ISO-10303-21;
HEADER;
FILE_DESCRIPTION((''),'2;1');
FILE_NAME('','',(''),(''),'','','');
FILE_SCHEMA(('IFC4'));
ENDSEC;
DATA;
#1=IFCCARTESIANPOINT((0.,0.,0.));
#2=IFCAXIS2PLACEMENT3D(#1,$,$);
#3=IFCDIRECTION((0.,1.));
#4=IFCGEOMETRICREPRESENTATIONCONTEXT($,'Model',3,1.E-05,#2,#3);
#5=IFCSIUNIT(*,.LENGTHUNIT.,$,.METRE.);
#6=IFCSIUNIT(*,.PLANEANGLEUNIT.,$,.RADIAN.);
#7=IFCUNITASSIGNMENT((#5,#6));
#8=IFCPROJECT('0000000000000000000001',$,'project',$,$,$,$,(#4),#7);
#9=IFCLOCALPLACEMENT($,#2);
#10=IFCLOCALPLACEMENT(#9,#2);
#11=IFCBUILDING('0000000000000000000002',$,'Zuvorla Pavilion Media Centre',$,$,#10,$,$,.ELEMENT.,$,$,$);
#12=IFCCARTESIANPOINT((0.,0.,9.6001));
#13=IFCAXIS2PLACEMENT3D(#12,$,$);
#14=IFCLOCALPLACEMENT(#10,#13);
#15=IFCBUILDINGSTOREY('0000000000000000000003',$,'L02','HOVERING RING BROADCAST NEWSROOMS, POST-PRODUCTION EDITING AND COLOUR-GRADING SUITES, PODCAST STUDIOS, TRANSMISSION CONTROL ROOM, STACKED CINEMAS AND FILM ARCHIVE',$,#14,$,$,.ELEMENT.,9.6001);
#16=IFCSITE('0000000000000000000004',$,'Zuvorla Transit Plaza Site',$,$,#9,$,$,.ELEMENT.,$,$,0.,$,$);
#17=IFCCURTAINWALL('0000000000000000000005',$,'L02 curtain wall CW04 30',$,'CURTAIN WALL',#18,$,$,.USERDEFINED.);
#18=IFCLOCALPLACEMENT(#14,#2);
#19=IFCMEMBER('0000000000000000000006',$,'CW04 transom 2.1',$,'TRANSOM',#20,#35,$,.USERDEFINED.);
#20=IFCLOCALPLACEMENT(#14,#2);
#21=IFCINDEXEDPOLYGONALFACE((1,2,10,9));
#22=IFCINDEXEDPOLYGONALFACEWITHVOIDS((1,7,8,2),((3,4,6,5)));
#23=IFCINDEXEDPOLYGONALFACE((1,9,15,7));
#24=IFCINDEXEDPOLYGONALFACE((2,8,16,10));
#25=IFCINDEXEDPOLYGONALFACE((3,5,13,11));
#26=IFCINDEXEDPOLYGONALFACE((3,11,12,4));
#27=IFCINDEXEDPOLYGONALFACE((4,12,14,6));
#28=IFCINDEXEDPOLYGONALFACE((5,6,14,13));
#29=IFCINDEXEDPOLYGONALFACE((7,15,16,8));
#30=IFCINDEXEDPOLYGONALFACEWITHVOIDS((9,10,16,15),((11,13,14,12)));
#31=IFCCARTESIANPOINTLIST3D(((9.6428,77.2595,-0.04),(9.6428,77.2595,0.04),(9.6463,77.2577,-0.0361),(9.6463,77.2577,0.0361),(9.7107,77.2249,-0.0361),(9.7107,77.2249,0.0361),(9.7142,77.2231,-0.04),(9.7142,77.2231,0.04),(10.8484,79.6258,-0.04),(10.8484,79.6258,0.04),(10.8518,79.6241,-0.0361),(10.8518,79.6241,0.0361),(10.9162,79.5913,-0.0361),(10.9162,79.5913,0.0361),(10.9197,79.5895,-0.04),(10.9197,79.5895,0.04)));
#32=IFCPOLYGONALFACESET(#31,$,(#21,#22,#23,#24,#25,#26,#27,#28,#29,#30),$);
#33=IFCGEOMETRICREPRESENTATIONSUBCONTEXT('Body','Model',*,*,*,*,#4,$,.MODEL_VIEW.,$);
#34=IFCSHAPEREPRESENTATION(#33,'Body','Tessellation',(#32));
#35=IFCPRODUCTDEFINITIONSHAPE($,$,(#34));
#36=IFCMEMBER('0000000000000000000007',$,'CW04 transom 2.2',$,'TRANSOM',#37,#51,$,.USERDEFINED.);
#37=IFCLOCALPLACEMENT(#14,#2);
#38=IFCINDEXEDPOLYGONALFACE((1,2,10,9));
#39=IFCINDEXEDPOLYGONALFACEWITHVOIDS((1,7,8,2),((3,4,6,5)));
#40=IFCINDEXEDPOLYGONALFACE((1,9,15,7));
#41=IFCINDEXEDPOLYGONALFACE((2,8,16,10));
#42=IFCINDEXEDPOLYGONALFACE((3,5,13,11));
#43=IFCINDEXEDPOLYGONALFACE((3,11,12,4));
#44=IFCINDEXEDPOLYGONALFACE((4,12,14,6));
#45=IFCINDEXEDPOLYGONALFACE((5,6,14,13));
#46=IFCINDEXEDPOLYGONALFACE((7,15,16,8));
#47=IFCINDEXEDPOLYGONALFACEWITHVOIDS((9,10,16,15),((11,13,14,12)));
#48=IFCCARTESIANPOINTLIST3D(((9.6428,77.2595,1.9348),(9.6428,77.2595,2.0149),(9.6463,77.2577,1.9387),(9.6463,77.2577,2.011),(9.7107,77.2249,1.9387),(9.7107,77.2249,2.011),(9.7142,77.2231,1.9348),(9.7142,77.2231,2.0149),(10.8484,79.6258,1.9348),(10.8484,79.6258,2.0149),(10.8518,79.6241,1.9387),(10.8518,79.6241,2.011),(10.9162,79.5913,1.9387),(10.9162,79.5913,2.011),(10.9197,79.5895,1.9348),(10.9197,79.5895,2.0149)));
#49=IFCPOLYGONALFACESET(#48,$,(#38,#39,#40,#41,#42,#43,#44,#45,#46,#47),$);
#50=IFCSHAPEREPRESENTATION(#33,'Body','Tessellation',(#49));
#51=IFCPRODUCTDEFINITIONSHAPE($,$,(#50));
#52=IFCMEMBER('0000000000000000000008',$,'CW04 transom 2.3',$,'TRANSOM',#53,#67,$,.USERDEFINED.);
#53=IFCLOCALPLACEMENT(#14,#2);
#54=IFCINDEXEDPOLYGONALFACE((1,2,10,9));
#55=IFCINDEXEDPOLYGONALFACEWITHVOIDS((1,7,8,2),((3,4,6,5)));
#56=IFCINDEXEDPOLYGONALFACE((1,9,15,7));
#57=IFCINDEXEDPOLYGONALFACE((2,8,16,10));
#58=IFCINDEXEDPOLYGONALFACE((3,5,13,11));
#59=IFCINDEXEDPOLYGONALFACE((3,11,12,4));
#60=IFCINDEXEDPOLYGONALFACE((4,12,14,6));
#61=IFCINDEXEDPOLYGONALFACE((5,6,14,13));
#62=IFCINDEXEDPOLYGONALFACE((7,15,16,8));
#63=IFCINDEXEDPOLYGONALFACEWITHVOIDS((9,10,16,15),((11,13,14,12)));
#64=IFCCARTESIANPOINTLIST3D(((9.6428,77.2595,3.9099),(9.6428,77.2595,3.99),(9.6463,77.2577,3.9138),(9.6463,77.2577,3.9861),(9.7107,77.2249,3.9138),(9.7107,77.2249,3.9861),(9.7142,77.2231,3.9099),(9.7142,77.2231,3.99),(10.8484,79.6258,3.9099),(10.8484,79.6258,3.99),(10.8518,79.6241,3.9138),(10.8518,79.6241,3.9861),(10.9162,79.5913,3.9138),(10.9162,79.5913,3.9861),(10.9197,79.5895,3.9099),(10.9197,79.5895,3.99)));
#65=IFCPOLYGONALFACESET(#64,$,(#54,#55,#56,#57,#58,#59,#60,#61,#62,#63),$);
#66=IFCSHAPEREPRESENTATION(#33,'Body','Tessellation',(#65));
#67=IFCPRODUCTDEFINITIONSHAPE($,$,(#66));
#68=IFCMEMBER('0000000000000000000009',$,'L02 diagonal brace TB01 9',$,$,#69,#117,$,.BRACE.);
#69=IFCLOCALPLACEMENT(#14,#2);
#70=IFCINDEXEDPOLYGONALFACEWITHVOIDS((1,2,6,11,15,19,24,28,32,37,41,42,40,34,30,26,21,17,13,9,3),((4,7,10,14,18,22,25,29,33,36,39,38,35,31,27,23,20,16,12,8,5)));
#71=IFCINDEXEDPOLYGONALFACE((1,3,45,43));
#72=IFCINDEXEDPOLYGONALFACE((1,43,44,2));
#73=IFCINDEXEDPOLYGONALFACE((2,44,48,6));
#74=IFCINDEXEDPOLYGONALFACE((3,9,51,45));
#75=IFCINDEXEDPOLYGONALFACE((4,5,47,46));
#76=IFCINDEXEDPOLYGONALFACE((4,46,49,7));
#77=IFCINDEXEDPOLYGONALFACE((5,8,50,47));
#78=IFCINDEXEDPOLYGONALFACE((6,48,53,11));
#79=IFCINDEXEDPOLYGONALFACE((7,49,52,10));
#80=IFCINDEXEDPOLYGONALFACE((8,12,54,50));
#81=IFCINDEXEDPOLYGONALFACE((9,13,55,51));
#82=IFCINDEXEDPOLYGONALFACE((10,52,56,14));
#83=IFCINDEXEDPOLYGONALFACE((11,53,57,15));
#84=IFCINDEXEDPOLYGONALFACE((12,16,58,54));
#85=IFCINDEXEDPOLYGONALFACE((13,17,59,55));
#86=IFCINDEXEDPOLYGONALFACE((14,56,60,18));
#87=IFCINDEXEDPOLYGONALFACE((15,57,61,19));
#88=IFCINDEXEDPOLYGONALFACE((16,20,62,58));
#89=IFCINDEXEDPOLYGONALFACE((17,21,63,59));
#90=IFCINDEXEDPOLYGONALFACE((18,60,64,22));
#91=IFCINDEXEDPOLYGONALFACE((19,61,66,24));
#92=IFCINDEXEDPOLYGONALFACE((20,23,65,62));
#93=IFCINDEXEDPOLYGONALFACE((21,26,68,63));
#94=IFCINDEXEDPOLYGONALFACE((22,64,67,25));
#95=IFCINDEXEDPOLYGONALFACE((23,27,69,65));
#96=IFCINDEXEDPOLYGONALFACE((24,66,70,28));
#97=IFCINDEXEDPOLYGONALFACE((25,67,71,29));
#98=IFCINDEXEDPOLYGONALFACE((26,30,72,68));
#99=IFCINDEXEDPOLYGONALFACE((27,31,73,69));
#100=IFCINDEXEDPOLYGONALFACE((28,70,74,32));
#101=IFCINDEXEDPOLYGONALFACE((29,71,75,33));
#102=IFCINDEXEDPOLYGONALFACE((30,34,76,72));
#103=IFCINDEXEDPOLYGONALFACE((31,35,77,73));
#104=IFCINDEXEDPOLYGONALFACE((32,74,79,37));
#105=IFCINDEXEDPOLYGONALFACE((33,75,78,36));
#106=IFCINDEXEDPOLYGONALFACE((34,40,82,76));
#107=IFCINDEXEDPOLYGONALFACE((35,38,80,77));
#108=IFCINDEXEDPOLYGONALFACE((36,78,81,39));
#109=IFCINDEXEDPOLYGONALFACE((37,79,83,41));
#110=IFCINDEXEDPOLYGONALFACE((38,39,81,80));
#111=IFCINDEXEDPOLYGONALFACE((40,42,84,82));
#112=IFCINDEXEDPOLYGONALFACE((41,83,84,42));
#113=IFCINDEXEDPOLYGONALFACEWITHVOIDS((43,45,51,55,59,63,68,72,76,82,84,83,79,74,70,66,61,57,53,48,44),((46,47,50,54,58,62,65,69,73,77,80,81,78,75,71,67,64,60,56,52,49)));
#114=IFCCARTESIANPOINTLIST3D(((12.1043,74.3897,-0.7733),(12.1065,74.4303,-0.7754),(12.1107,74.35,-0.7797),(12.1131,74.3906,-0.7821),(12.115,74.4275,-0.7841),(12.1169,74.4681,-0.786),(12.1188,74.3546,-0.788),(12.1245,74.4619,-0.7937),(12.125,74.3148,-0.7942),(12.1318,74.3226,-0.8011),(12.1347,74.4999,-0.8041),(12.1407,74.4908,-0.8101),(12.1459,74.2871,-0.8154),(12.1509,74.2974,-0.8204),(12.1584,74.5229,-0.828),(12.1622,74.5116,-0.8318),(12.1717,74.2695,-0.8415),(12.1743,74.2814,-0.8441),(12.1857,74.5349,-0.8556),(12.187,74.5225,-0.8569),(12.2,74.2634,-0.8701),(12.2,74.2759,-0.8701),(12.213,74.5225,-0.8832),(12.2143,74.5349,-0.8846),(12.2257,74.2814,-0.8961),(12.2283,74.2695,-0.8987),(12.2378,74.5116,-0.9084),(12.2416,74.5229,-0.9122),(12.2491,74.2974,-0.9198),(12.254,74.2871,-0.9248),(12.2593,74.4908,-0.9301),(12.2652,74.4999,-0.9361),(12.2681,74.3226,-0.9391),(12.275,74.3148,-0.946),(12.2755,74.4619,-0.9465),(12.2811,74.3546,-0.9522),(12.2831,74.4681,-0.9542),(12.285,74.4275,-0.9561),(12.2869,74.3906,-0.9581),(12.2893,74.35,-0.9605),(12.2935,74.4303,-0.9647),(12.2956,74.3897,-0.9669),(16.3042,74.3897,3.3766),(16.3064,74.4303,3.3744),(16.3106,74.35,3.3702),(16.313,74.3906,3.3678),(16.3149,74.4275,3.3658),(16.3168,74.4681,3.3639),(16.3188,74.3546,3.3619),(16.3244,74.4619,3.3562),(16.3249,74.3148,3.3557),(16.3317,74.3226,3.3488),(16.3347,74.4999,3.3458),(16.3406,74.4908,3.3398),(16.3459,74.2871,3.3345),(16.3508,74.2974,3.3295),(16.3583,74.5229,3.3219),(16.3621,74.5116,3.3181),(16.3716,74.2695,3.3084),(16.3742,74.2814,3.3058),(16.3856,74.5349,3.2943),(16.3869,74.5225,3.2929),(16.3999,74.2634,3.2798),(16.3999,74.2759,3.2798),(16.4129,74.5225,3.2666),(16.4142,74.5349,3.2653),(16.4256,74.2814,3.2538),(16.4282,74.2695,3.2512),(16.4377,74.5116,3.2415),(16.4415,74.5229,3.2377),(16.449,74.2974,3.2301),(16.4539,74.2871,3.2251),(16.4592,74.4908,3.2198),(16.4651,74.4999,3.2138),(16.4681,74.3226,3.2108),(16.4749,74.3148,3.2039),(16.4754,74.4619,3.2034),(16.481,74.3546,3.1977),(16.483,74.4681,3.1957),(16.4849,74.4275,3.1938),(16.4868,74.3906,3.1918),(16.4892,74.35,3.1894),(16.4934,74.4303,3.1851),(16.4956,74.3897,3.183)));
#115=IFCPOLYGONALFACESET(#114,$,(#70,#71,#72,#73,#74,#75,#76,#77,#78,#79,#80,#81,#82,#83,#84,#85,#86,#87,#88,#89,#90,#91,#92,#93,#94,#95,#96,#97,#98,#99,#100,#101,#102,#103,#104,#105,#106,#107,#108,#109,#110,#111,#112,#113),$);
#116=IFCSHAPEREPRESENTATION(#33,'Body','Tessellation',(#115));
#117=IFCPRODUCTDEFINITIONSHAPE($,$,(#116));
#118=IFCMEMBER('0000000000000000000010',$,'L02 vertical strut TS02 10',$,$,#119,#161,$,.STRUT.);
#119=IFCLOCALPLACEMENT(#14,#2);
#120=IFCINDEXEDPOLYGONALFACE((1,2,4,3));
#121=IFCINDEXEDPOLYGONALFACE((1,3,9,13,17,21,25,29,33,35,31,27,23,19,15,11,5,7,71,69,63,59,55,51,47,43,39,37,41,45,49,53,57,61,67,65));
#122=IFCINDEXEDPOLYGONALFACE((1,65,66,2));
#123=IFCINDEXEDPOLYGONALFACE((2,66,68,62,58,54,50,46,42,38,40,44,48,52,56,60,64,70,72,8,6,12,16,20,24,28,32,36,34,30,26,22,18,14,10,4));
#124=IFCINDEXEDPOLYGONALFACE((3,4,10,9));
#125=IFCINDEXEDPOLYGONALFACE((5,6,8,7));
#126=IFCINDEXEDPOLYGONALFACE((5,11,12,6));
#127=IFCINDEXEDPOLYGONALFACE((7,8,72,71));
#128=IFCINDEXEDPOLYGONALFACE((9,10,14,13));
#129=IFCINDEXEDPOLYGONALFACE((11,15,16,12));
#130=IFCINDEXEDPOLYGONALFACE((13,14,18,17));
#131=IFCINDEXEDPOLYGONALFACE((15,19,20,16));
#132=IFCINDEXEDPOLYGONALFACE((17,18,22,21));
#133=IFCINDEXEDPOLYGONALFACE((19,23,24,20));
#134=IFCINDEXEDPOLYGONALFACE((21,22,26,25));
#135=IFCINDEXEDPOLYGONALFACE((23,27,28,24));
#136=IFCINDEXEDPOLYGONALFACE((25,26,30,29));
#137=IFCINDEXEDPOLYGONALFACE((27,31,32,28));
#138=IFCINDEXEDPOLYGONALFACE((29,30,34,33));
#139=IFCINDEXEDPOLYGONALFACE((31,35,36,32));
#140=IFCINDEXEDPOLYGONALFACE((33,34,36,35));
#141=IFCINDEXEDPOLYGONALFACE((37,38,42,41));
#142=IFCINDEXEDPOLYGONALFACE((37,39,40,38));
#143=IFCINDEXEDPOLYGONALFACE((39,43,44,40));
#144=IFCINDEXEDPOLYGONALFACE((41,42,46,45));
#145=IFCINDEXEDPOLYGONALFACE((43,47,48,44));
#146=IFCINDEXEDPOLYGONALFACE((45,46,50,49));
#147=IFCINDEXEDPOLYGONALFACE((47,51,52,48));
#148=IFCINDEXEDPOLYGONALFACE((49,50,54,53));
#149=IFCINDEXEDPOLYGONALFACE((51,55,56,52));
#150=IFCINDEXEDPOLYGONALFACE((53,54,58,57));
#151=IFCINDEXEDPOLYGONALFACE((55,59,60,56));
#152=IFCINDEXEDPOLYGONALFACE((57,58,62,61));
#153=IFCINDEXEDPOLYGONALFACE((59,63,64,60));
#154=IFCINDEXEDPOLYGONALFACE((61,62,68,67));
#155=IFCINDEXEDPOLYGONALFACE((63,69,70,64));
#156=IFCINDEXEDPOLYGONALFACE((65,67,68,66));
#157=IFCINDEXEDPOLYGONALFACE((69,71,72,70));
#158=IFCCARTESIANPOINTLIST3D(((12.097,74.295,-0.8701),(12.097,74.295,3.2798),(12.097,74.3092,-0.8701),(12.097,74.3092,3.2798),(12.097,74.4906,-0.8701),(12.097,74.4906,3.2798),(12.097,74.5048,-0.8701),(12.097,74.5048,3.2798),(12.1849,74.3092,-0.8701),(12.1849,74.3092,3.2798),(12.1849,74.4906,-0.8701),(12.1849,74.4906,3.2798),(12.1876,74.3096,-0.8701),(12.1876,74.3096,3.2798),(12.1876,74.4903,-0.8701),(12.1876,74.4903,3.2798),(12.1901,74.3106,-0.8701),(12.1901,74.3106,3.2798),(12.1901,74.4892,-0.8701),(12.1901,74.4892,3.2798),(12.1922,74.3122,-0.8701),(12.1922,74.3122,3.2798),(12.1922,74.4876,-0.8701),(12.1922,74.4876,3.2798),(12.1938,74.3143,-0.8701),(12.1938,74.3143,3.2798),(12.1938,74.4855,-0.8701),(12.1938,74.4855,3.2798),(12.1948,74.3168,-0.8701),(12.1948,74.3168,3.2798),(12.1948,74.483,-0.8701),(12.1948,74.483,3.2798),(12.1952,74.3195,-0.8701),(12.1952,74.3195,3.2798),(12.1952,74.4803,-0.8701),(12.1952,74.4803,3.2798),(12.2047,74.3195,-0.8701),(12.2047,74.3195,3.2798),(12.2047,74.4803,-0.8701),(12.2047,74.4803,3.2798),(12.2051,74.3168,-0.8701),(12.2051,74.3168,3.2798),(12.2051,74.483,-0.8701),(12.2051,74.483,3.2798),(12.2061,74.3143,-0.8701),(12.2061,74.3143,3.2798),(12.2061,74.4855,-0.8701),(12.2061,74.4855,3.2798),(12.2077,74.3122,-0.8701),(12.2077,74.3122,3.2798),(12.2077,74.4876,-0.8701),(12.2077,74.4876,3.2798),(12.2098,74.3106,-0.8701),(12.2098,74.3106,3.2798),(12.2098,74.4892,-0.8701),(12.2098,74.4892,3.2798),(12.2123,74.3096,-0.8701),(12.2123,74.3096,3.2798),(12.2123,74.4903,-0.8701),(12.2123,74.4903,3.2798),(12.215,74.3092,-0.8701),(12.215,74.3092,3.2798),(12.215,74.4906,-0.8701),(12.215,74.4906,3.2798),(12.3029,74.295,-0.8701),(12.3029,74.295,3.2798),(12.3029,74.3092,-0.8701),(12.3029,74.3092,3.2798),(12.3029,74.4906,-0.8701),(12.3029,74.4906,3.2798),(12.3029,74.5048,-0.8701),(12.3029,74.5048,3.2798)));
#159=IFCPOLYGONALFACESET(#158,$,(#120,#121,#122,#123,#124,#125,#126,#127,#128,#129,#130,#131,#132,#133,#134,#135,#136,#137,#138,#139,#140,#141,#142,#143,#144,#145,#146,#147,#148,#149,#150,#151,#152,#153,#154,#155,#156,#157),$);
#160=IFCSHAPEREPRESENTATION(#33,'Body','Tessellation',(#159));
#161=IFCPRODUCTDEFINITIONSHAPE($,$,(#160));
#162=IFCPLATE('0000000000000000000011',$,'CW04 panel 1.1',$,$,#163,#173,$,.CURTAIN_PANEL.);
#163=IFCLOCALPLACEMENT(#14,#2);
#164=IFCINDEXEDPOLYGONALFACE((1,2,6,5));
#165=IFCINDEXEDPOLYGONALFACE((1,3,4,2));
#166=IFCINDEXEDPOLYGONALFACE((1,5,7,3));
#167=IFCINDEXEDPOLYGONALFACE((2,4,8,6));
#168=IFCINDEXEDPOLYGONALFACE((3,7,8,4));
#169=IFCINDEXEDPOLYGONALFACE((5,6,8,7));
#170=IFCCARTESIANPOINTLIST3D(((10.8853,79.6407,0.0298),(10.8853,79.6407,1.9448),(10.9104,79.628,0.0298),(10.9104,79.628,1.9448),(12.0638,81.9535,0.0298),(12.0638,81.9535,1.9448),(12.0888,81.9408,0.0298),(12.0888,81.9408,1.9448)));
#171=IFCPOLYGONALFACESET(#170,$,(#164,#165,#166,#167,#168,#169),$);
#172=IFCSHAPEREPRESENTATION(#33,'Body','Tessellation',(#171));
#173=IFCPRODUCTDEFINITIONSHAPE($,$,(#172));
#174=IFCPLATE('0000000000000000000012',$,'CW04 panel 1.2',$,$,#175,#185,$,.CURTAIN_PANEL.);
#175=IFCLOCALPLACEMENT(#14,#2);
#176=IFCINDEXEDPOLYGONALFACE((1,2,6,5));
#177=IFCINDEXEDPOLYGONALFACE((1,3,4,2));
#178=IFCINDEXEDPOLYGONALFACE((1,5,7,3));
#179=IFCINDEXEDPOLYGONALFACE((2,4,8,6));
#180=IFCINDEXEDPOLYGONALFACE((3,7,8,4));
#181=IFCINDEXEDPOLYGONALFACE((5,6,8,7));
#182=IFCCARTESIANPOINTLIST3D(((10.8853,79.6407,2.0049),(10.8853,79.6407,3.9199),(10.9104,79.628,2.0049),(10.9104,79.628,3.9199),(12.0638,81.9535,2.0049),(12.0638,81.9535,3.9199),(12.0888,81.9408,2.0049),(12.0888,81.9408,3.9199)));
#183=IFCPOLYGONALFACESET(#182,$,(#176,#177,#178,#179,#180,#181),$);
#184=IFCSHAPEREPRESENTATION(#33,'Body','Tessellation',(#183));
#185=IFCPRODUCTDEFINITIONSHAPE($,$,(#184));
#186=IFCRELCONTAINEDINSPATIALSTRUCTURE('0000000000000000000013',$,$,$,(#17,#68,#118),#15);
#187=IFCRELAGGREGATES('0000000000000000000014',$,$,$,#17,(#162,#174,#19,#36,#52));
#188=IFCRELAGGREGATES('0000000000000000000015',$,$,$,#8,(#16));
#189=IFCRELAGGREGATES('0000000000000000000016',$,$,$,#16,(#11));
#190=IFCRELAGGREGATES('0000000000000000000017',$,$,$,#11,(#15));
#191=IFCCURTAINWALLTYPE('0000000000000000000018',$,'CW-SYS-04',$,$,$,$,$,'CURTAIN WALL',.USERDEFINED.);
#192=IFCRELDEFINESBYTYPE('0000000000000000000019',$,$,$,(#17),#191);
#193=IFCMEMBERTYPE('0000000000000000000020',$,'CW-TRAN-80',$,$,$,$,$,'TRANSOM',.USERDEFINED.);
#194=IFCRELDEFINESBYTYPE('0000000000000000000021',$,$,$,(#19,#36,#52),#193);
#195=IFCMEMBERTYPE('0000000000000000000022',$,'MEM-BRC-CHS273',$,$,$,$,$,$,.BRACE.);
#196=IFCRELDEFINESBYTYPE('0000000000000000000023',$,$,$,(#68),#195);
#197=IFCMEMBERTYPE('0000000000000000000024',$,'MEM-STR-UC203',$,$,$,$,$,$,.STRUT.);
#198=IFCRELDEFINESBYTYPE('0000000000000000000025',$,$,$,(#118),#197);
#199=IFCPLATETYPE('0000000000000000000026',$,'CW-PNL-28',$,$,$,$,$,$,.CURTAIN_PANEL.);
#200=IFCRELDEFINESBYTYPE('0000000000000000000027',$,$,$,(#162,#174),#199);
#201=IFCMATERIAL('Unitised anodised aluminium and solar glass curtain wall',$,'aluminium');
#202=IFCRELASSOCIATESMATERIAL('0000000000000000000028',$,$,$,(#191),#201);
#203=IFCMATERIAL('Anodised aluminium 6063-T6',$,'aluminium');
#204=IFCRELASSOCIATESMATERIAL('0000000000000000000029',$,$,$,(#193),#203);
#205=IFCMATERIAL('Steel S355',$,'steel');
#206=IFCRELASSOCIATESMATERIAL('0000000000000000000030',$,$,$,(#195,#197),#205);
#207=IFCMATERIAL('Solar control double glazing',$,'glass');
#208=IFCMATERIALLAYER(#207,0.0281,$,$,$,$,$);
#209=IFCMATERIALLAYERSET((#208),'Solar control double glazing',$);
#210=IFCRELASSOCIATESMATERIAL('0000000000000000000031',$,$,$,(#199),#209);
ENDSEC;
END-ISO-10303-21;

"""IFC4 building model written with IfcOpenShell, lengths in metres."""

from ifc_helpers import new_model, si_unit, direction, frame, origin, origin_2d, place, context, subcontext, project, spatial, rectangle, hollow_rectangle, hollow_circle, i_section, extrude, material, layer, layer_set, material_profile, profile_set, type_object, element, aggregate, save


model = new_model("IFC4")

# Units and contexts
model_context = context("Model", 3, precision=1e-05, world=origin(), true_north=direction((0.0, 1.0)))
body_context = subcontext(model_context, "Body", "Model", "MODEL_VIEW")
ifc_project = project(units=[si_unit("LENGTHUNIT", "METRE"), si_unit("PLANEANGLEUNIT", "RADIAN")], contexts=[model_context])

# Site, building, storey
site_placement = place(None, origin())
site = spatial("IfcSite", under=ifc_project, at=site_placement, Name="Zuvorla Transit Plaza Site", CompositionType="ELEMENT", RefElevation=0.0)
building_placement = place(site_placement, origin())
building = spatial("IfcBuilding", under=site, at=building_placement, Name="Zuvorla Pavilion Media Centre", CompositionType="ELEMENT")
storey_placement = place(building_placement, frame((0.0, 0.0, 9.6001)))
storey = spatial("IfcBuildingStorey", under=building, at=storey_placement, Name="L02", Description="HOVERING RING BROADCAST NEWSROOMS, POST-PRODUCTION EDITING AND COLOUR-GRADING SUITES, PODCAST STUDIOS, TRANSMISSION CONTROL ROOM, STACKED CINEMAS AND FILM ARCHIVE", CompositionType="ELEMENT", Elevation=9.6001)

# Shared definitions
ifc_material_1 = material(Name="Steel S355", Category="steel")

# Curtain wall
ifc_material_2 = material(Name="Unitised anodised aluminium and solar glass curtain wall", Category="aluminium")
curtain_wall_type_1 = type_object("IfcCurtainWallType", Name="CW-SYS-04", ElementType="CURTAIN WALL", PredefinedType="USERDEFINED", material=ifc_material_2)
curtain_wall_1_placement = place(storey_placement, origin())
curtain_wall_1 = element("IfcCurtainWall", 1, at=curtain_wall_1_placement, inside=storey, type_object=curtain_wall_type_1, Name="L02 curtain wall CW04 30", ObjectType="CURTAIN WALL", PredefinedType="USERDEFINED")
ifc_material_3 = material(Name="Anodised aluminium 6063-T6", Category="aluminium")

# Members
ifc_material_profile_1 = material_profile(ifc_material_3, hollow_rectangle(XDim=0.0801, YDim=0.0801, WallThickness=0.0039, at=origin_2d()), Name="ALU TRAN 80x80")
ifc_profile_set_1 = profile_set([ifc_material_profile_1], Name="Anodised aluminium 6063-T6")
member_type_1 = type_object("IfcMemberType", Name="CW-TRAN-80", ElementType="TRANSOM", PredefinedType="USERDEFINED", material=ifc_profile_set_1)
member_1_placement = place(storey_placement, frame((10.884, 79.6077, 0.0), z_axis=(-0.45393, -0.891037, 0.0), x_axis=(0.891037, -0.45393, 0.0)))
member_1 = element("IfcMember", 2, at=member_1_placement, type_object=member_type_1, Name="CW04 transom 2.1", ObjectType="TRANSOM", PredefinedType="USERDEFINED", context=body_context, shape_type="SweptSolid", body=[
    extrude(hollow_rectangle(XDim=0.0801, YDim=0.0801, WallThickness=0.0039, at=origin_2d()), origin(), (0.0, 0.0, 1.0), 2.6558),
])
member_2_placement = place(storey_placement, frame((10.884, 79.6077, 1.9749), z_axis=(-0.45393, -0.891037, 0.0), x_axis=(0.891037, -0.45393, 0.0)))
member_2 = element("IfcMember", 3, at=member_2_placement, type_object=member_type_1, Name="CW04 transom 2.2", ObjectType="TRANSOM", PredefinedType="USERDEFINED", context=body_context, shape_type="SweptSolid", body=[
    extrude(hollow_rectangle(XDim=0.0801, YDim=0.0801, WallThickness=0.0039, at=origin_2d()), origin(), (0.0, 0.0, 1.0), 2.6558),
])
member_3_placement = place(storey_placement, frame((10.884, 79.6077, 3.95), z_axis=(-0.45393, -0.891037, 0.0), x_axis=(0.891037, -0.45393, 0.0)))
member_3 = element("IfcMember", 4, at=member_3_placement, type_object=member_type_1, Name="CW04 transom 2.3", ObjectType="TRANSOM", PredefinedType="USERDEFINED", context=body_context, shape_type="SweptSolid", body=[
    extrude(hollow_rectangle(XDim=0.0801, YDim=0.0801, WallThickness=0.0039, at=origin_2d()), origin(), (0.0, 0.0, 1.0), 2.6558),
])

# Members
ifc_material_profile_2 = material_profile(ifc_material_1, hollow_circle(Radius=0.1365, WallThickness=0.0125, at=origin_2d()), Name="CHS 273x12.5")
ifc_profile_set_2 = profile_set([ifc_material_profile_2], Name="Steel S355")
member_type_2 = type_object("IfcMemberType", Name="MEM-BRC-CHS273", PredefinedType="BRACE", material=ifc_profile_set_2)
member_4_placement = place(storey_placement, frame((16.3999, 74.3999, 3.2798), z_axis=(-0.711332, 0.0, -0.702856), x_axis=(0.0, -1.0, 0.0)))
element("IfcMember", 5, at=member_4_placement, inside=storey, type_object=member_type_2, Name="L02 diagonal brace TB01 9", PredefinedType="BRACE", context=body_context, shape_type="SweptSolid", body=[
    extrude(hollow_circle(Radius=0.1365, WallThickness=0.0125, at=origin_2d()), origin(), (0.0, 0.0, 1.0), 5.9043),
])
ifc_material_profile_3 = material_profile(ifc_material_1, i_section(OverallWidth=0.2058, OverallDepth=0.2097, WebThickness=0.0095, FlangeThickness=0.0142, FilletRadius=0.0103, at=origin_2d()), Name="UC 203x203x60")
ifc_profile_set_3 = profile_set([ifc_material_profile_3], Name="Steel S355")
member_type_3 = type_object("IfcMemberType", Name="MEM-STR-UC203", PredefinedType="STRUT", material=ifc_profile_set_3)
member_5_placement = place(storey_placement, frame((12.2, 74.3999, -0.8701), z_axis=(0.0, 0.0, 1.0), x_axis=(1.0, 0.0, 0.0)))
element("IfcMember", 6, at=member_5_placement, inside=storey, type_object=member_type_3, Name="L02 vertical strut TS02 10", PredefinedType="STRUT", context=body_context, shape_type="SweptSolid", body=[
    extrude(i_section(OverallWidth=0.2058, OverallDepth=0.2097, WebThickness=0.0095, FlangeThickness=0.0142, FilletRadius=0.0103, at=origin_2d()), origin(), (0.0, 0.0, 1.0), 4.1499),
])

# Plates
ifc_material_4 = material(Name="Solar control double glazing", Category="glass")
ifc_layer_1 = layer(ifc_material_4, 0.0281)
ifc_layer_set_1 = layer_set([ifc_layer_1], Name="Solar control double glazing")
plate_type_1 = type_object("IfcPlateType", Name="CW-PNL-28", PredefinedType="CURTAIN_PANEL", material=ifc_layer_set_1)
plate_1_placement = place(storey_placement, frame((11.4871, 80.7908, 0.0298), z_axis=(0.0, 0.0, 1.0), x_axis=(-0.453986, -0.891009, 0.0)))
plate_1 = element("IfcPlate", 7, at=plate_1_placement, type_object=plate_type_1, Name="CW04 panel 1.1", PredefinedType="CURTAIN_PANEL", context=body_context, shape_type="SweptSolid", body=[
    extrude(rectangle(XDim=2.5957, YDim=0.0281, at=origin_2d()), origin(), (0.0, 0.0, 1.0), 1.915),
])
plate_2_placement = place(storey_placement, frame((11.4871, 80.7908, 2.0049), z_axis=(0.0, 0.0, 1.0), x_axis=(-0.453986, -0.891009, 0.0)))
plate_2 = element("IfcPlate", 8, at=plate_2_placement, type_object=plate_type_1, Name="CW04 panel 1.2", PredefinedType="CURTAIN_PANEL", context=body_context, shape_type="SweptSolid", body=[
    extrude(rectangle(XDim=2.5957, YDim=0.0281, at=origin_2d()), origin(), (0.0, 0.0, 1.0), 1.915),
])
aggregate(curtain_wall_1, [plate_1, plate_2, member_1, member_2, member_3])

save(model, "model.ifc")
